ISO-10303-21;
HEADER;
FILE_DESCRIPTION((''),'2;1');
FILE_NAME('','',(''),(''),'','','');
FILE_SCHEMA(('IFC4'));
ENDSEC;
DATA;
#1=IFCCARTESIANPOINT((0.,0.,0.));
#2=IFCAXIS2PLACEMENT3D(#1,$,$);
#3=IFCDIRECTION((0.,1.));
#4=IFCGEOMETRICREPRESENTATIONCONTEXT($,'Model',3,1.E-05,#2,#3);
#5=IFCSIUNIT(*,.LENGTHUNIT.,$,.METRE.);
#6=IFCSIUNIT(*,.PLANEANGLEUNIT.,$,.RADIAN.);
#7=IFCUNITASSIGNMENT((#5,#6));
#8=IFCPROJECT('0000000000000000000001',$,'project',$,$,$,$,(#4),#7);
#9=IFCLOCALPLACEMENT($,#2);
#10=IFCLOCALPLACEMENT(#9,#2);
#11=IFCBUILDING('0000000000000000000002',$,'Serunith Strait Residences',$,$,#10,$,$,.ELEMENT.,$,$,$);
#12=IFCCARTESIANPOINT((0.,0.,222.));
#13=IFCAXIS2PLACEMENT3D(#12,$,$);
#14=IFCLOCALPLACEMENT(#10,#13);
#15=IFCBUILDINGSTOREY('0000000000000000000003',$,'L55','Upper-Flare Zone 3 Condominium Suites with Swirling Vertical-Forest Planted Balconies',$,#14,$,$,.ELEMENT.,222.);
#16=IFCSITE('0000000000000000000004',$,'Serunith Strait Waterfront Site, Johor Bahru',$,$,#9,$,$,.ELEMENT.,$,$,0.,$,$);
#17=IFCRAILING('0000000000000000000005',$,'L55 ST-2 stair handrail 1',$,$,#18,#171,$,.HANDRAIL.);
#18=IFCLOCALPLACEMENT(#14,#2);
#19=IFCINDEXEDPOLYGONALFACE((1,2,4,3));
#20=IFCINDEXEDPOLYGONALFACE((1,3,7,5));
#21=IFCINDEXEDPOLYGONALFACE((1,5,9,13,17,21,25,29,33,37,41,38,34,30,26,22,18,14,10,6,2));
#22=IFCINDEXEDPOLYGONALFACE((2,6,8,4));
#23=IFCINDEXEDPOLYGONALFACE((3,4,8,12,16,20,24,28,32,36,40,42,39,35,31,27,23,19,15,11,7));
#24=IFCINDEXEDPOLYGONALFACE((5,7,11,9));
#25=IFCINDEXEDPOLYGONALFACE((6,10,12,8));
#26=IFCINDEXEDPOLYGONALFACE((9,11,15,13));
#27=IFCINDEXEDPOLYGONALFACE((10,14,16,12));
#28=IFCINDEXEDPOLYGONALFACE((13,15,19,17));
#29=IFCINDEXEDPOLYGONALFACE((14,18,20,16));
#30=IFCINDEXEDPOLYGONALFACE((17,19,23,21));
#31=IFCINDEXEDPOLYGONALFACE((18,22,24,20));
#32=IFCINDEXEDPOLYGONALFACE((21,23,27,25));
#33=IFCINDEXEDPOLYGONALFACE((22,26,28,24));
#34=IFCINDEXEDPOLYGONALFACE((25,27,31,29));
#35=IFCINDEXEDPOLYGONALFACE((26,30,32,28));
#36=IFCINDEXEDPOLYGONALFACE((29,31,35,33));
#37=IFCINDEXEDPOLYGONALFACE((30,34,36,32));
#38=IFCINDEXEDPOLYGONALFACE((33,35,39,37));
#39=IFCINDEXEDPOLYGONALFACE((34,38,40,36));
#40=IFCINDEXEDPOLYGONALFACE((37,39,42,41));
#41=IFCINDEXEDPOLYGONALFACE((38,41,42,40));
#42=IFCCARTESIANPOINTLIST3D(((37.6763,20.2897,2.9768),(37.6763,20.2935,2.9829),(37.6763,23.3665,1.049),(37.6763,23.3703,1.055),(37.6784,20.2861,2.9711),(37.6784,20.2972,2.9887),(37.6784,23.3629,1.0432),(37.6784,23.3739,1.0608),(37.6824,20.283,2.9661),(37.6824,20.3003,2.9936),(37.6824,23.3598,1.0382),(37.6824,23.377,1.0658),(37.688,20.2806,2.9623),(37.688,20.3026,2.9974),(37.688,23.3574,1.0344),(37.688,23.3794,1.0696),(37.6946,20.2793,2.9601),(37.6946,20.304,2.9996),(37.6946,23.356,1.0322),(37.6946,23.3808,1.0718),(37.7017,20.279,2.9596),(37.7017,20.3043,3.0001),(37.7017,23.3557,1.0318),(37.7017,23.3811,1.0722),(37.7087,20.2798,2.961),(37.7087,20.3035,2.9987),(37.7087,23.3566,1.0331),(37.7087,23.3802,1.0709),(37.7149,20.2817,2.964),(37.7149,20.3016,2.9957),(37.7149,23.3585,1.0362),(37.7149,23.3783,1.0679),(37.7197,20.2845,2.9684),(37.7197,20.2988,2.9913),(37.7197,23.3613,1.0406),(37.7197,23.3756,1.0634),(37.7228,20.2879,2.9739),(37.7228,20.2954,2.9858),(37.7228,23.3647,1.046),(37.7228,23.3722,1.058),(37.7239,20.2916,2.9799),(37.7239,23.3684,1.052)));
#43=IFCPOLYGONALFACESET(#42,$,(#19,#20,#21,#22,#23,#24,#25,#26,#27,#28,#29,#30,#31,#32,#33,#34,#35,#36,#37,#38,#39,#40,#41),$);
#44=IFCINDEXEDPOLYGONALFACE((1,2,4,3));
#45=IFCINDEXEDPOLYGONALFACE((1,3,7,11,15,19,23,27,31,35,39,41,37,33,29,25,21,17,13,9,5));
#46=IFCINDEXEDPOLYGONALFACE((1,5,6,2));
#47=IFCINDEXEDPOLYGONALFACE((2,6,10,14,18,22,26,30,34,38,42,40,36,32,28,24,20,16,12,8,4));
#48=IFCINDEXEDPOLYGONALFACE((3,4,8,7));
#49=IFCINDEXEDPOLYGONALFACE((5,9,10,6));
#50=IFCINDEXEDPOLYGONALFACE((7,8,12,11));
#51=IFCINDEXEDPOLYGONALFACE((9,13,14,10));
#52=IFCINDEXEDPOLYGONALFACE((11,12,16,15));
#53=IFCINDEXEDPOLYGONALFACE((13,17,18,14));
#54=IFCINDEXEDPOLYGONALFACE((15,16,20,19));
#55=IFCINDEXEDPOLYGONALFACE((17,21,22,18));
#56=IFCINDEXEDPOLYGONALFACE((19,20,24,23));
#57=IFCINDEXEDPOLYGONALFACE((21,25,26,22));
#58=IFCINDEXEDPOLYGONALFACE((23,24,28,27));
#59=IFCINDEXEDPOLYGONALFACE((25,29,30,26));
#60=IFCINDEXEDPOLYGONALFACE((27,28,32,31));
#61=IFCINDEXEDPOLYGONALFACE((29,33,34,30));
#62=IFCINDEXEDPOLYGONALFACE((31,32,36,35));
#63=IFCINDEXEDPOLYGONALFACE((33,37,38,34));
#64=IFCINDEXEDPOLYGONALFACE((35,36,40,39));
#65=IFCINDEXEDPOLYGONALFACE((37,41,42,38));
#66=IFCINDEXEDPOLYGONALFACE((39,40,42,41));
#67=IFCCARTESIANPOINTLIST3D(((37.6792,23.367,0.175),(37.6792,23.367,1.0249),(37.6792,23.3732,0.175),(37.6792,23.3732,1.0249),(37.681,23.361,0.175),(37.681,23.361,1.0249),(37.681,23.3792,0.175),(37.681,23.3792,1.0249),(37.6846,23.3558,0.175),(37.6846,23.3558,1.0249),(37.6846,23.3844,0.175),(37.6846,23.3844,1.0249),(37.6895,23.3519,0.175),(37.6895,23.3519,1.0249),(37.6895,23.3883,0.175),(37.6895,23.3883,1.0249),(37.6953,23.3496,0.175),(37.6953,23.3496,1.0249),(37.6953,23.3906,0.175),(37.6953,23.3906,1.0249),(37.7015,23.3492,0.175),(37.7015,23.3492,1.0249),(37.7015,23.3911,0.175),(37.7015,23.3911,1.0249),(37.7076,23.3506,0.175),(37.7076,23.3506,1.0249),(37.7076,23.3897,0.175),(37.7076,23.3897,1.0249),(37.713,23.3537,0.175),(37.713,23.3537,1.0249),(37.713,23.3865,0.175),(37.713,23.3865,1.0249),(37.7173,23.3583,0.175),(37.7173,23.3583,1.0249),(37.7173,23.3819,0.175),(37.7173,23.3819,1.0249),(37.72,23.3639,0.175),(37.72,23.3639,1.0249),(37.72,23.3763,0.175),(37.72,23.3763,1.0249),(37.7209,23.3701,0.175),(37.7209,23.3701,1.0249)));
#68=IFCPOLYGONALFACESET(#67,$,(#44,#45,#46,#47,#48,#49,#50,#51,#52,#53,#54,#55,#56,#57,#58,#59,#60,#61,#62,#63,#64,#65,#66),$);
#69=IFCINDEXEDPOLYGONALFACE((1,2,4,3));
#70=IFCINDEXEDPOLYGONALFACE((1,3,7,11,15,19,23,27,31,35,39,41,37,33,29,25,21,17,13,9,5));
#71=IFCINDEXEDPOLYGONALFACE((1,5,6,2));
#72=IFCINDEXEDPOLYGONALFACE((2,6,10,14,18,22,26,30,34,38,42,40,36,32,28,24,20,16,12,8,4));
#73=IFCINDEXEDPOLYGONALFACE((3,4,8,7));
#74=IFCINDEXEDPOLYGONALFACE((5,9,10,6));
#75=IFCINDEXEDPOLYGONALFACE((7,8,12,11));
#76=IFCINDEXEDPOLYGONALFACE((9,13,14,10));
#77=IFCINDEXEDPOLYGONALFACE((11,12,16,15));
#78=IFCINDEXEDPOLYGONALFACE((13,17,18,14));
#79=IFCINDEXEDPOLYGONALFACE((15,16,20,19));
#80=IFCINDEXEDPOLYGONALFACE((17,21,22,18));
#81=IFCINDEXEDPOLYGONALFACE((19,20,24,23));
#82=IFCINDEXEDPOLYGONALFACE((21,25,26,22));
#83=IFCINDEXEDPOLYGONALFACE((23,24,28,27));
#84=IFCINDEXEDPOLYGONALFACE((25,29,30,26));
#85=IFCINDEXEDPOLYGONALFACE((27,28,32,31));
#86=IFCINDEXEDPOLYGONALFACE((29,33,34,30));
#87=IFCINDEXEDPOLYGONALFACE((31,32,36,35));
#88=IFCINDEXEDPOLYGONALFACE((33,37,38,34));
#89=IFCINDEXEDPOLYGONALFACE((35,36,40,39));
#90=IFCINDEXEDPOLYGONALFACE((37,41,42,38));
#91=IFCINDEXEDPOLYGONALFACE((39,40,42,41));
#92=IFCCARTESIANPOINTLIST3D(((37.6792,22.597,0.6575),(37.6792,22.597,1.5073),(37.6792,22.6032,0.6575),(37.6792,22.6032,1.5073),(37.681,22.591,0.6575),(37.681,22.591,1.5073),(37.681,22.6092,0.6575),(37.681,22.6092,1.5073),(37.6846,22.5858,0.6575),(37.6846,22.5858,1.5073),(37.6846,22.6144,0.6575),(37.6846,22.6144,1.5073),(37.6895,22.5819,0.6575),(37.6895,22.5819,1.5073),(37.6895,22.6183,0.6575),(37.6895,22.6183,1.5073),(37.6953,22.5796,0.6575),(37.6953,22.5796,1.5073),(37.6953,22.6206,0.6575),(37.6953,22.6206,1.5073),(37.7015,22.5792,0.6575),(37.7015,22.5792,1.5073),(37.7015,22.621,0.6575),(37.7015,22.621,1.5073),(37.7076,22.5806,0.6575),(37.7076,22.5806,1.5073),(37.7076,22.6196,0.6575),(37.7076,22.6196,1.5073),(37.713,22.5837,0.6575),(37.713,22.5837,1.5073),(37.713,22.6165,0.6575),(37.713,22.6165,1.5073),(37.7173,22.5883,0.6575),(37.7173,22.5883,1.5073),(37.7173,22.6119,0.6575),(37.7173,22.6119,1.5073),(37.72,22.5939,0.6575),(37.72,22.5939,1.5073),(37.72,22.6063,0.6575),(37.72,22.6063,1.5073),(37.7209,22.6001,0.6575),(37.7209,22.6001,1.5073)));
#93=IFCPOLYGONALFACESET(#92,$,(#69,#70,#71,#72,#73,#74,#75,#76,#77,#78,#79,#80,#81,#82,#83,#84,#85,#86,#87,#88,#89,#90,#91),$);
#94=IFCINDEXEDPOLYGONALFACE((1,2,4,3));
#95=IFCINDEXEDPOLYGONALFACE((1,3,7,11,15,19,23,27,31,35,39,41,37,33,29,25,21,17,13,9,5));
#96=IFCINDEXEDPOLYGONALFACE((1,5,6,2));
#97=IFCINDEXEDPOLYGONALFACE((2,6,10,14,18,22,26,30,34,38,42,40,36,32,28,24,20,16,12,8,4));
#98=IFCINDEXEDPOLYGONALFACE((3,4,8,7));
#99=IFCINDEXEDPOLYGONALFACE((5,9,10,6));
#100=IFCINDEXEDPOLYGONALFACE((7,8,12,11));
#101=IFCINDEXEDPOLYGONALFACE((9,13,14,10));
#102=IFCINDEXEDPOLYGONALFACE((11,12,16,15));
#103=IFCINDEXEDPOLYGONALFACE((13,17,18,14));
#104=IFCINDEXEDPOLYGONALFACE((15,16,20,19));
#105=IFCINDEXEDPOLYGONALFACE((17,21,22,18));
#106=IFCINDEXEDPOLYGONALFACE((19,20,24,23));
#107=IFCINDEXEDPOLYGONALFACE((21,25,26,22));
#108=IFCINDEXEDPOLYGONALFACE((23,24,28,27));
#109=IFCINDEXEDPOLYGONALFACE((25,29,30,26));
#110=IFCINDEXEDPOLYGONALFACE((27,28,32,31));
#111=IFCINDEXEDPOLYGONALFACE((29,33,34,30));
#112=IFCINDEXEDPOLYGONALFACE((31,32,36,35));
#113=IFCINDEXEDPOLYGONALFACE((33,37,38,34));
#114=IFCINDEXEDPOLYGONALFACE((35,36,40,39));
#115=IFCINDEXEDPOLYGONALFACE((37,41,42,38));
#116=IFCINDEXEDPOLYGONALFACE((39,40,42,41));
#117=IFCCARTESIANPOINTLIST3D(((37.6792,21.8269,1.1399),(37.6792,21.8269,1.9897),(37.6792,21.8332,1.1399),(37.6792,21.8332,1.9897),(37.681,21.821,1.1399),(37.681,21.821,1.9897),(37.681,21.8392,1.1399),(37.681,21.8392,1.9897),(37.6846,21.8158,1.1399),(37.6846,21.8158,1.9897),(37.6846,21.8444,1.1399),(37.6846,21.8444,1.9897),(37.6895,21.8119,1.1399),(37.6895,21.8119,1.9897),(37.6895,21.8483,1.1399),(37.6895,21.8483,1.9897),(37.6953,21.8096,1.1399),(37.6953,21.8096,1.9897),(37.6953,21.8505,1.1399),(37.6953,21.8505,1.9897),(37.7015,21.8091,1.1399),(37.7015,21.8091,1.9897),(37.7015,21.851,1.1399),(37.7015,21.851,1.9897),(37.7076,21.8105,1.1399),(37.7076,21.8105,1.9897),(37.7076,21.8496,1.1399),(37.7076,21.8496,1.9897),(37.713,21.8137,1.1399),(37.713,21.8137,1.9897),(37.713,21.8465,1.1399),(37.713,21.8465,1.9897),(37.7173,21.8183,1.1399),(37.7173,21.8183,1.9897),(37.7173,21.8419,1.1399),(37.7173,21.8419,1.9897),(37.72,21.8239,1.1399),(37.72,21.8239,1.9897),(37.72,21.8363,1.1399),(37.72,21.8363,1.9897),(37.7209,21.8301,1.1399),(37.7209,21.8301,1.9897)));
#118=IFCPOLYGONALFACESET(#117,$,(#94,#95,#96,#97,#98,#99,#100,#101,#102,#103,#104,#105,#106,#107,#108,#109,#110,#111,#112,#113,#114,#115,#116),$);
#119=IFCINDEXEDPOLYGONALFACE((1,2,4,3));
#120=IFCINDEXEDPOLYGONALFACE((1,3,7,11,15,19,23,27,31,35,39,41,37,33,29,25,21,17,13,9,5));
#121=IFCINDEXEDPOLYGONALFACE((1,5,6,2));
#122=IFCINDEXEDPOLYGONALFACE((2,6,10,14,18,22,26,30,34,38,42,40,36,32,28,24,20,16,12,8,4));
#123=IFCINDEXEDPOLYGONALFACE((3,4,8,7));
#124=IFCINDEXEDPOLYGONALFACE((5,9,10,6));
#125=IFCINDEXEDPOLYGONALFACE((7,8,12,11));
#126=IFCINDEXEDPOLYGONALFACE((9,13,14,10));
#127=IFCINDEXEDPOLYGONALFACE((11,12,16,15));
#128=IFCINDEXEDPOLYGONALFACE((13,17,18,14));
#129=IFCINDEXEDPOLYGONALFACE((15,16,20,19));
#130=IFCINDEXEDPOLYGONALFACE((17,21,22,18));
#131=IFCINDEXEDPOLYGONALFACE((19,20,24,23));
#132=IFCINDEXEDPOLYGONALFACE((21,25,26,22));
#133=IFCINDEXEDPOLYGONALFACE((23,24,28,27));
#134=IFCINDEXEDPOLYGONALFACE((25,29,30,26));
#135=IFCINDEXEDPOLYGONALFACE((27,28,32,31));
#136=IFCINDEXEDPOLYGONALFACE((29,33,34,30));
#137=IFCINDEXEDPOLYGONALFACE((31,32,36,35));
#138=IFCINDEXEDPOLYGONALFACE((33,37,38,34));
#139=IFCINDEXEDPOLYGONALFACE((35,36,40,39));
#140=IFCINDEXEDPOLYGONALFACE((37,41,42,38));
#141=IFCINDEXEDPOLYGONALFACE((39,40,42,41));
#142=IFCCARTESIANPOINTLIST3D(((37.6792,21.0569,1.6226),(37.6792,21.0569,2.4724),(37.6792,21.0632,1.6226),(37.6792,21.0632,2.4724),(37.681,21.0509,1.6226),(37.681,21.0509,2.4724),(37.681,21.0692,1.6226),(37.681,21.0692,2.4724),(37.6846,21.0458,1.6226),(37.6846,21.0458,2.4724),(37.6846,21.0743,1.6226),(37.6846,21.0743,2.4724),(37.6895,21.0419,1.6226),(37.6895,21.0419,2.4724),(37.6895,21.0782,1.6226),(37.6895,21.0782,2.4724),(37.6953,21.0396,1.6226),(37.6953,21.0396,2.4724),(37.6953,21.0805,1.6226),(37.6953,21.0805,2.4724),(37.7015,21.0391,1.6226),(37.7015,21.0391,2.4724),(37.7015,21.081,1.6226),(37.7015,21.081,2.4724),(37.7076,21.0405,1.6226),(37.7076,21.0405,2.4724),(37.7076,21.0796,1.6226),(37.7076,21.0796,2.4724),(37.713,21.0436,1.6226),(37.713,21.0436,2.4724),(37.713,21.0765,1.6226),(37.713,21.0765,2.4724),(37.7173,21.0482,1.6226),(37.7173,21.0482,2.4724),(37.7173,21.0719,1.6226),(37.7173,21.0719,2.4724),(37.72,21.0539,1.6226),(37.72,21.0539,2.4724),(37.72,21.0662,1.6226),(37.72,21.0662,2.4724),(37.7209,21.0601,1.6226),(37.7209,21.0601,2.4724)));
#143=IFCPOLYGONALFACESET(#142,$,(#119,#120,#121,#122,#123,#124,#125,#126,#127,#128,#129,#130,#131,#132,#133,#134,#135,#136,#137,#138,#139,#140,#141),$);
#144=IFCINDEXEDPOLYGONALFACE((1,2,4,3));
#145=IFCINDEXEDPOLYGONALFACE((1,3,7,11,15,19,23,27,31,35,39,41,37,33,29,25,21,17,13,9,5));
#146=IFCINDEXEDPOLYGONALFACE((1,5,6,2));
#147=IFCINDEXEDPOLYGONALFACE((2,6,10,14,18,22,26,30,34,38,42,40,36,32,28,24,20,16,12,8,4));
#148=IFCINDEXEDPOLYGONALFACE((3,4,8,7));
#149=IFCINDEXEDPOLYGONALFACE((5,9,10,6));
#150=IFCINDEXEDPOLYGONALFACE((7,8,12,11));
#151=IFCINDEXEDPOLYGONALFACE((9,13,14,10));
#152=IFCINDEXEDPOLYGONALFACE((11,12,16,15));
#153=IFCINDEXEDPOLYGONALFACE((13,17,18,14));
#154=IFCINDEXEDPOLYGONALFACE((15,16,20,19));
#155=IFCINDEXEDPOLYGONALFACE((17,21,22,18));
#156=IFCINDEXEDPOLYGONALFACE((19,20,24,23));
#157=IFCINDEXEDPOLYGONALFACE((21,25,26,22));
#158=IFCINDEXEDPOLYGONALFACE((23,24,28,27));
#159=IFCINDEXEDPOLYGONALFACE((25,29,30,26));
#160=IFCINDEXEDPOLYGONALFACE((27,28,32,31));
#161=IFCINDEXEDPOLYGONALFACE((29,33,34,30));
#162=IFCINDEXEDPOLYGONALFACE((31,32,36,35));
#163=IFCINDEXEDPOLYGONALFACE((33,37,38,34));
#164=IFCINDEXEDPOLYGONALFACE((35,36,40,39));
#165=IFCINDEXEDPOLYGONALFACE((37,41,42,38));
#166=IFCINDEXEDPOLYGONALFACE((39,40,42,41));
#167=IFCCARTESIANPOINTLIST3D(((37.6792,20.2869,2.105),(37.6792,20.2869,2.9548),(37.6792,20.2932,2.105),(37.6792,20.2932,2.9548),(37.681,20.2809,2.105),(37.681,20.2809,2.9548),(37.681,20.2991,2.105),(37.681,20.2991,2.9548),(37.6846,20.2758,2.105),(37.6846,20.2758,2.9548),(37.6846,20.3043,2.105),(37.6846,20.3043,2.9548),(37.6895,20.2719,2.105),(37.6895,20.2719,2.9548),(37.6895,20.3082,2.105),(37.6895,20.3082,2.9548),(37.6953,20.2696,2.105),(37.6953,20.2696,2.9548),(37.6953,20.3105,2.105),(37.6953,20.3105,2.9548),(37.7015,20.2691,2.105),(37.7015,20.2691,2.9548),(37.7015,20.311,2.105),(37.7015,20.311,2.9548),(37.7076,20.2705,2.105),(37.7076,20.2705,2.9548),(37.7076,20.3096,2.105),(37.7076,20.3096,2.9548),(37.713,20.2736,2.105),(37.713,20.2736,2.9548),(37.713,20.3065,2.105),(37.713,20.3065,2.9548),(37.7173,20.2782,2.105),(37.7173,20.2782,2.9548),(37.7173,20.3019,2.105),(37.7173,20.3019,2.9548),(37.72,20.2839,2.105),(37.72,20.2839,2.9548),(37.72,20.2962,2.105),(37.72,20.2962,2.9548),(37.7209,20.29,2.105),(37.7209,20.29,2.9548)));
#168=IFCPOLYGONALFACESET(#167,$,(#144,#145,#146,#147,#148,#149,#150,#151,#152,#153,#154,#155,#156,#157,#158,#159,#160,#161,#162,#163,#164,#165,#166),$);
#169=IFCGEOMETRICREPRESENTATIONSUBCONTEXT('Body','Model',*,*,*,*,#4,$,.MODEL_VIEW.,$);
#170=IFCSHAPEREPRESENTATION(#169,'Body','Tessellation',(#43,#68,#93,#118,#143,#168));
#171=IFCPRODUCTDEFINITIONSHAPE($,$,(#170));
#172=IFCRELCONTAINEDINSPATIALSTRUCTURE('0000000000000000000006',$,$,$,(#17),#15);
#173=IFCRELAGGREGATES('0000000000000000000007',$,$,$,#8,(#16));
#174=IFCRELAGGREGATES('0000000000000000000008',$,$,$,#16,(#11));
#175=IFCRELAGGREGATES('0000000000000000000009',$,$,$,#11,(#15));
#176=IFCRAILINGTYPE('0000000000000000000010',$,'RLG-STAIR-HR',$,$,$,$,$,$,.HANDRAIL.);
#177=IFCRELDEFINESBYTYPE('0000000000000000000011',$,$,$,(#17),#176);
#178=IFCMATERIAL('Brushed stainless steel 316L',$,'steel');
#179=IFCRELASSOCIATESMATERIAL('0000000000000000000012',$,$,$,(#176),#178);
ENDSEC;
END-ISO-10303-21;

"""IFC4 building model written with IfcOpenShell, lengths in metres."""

from ifc_helpers import new_model, si_unit, direction, frame, origin, origin_2d, place, context, subcontext, project, spatial, circle, extrude, material, type_object, element, save


model = new_model("IFC4")

# Units and contexts
model_context = context("Model", 3, precision=1e-05, world=origin(), true_north=direction((0.0, 1.0)))
body_context = subcontext(model_context, "Body", "Model", "MODEL_VIEW")
ifc_project = project(units=[si_unit("LENGTHUNIT", "METRE"), si_unit("PLANEANGLEUNIT", "RADIAN")], contexts=[model_context])

# Site, building, storey
site_placement = place(None, origin())
site = spatial("IfcSite", under=ifc_project, at=site_placement, Name="Serunith Strait Waterfront Site, Johor Bahru", CompositionType="ELEMENT", RefElevation=0.0)
building_placement = place(site_placement, origin())
building = spatial("IfcBuilding", under=site, at=building_placement, Name="Serunith Strait Residences", CompositionType="ELEMENT")
storey_placement = place(building_placement, frame((0.0, 0.0, 222.0)))
storey = spatial("IfcBuildingStorey", under=building, at=storey_placement, Name="L55", Description="Upper-Flare Zone 3 Condominium Suites with Swirling Vertical-Forest Planted Balconies", CompositionType="ELEMENT", Elevation=222.0)

# Railing
ifc_material_1 = material(Name="Brushed stainless steel 316L", Category="steel")
railing_type_1 = type_object("IfcRailingType", Name="RLG-STAIR-HR", PredefinedType="HANDRAIL", material=ifc_material_1)
railing_1_placement = place(storey_placement, frame((37.7, 23.3701, 0.175)))
element("IfcRailing", 1, at=railing_1_placement, inside=storey, type_object=railing_type_1, Name="L55 ST-2 stair handrail 1", PredefinedType="HANDRAIL", context=body_context, shape_type="SweptSolid", body=[
    extrude(circle(Radius=0.0239, at=origin_2d()), frame((0.0, -0.0017, 0.877), z_axis=(0.0, -0.847394, 0.530965), x_axis=(1.0, 0.0, 0.0)), (0.0, 0.0, 1.0), 3.6309),
    extrude(circle(Radius=0.021, at=origin_2d()), origin(), (0.0, 0.0, 1.0), 0.8499),
    extrude(circle(Radius=0.021, at=origin_2d()), frame((0.0, -0.77, 0.4824)), (0.0, 0.0, 1.0), 0.8499),
    extrude(circle(Radius=0.021, at=origin_2d()), frame((0.0, -1.54, 0.9648)), (0.0, 0.0, 1.0), 0.8499),
    extrude(circle(Radius=0.021, at=origin_2d()), frame((0.0, -2.3101, 1.4475)), (0.0, 0.0, 1.0), 0.8499),
    extrude(circle(Radius=0.021, at=origin_2d()), frame((0.0, -3.0801, 1.9299)), (0.0, 0.0, 1.0), 0.8499),
])

save(model, "model.ifc")
